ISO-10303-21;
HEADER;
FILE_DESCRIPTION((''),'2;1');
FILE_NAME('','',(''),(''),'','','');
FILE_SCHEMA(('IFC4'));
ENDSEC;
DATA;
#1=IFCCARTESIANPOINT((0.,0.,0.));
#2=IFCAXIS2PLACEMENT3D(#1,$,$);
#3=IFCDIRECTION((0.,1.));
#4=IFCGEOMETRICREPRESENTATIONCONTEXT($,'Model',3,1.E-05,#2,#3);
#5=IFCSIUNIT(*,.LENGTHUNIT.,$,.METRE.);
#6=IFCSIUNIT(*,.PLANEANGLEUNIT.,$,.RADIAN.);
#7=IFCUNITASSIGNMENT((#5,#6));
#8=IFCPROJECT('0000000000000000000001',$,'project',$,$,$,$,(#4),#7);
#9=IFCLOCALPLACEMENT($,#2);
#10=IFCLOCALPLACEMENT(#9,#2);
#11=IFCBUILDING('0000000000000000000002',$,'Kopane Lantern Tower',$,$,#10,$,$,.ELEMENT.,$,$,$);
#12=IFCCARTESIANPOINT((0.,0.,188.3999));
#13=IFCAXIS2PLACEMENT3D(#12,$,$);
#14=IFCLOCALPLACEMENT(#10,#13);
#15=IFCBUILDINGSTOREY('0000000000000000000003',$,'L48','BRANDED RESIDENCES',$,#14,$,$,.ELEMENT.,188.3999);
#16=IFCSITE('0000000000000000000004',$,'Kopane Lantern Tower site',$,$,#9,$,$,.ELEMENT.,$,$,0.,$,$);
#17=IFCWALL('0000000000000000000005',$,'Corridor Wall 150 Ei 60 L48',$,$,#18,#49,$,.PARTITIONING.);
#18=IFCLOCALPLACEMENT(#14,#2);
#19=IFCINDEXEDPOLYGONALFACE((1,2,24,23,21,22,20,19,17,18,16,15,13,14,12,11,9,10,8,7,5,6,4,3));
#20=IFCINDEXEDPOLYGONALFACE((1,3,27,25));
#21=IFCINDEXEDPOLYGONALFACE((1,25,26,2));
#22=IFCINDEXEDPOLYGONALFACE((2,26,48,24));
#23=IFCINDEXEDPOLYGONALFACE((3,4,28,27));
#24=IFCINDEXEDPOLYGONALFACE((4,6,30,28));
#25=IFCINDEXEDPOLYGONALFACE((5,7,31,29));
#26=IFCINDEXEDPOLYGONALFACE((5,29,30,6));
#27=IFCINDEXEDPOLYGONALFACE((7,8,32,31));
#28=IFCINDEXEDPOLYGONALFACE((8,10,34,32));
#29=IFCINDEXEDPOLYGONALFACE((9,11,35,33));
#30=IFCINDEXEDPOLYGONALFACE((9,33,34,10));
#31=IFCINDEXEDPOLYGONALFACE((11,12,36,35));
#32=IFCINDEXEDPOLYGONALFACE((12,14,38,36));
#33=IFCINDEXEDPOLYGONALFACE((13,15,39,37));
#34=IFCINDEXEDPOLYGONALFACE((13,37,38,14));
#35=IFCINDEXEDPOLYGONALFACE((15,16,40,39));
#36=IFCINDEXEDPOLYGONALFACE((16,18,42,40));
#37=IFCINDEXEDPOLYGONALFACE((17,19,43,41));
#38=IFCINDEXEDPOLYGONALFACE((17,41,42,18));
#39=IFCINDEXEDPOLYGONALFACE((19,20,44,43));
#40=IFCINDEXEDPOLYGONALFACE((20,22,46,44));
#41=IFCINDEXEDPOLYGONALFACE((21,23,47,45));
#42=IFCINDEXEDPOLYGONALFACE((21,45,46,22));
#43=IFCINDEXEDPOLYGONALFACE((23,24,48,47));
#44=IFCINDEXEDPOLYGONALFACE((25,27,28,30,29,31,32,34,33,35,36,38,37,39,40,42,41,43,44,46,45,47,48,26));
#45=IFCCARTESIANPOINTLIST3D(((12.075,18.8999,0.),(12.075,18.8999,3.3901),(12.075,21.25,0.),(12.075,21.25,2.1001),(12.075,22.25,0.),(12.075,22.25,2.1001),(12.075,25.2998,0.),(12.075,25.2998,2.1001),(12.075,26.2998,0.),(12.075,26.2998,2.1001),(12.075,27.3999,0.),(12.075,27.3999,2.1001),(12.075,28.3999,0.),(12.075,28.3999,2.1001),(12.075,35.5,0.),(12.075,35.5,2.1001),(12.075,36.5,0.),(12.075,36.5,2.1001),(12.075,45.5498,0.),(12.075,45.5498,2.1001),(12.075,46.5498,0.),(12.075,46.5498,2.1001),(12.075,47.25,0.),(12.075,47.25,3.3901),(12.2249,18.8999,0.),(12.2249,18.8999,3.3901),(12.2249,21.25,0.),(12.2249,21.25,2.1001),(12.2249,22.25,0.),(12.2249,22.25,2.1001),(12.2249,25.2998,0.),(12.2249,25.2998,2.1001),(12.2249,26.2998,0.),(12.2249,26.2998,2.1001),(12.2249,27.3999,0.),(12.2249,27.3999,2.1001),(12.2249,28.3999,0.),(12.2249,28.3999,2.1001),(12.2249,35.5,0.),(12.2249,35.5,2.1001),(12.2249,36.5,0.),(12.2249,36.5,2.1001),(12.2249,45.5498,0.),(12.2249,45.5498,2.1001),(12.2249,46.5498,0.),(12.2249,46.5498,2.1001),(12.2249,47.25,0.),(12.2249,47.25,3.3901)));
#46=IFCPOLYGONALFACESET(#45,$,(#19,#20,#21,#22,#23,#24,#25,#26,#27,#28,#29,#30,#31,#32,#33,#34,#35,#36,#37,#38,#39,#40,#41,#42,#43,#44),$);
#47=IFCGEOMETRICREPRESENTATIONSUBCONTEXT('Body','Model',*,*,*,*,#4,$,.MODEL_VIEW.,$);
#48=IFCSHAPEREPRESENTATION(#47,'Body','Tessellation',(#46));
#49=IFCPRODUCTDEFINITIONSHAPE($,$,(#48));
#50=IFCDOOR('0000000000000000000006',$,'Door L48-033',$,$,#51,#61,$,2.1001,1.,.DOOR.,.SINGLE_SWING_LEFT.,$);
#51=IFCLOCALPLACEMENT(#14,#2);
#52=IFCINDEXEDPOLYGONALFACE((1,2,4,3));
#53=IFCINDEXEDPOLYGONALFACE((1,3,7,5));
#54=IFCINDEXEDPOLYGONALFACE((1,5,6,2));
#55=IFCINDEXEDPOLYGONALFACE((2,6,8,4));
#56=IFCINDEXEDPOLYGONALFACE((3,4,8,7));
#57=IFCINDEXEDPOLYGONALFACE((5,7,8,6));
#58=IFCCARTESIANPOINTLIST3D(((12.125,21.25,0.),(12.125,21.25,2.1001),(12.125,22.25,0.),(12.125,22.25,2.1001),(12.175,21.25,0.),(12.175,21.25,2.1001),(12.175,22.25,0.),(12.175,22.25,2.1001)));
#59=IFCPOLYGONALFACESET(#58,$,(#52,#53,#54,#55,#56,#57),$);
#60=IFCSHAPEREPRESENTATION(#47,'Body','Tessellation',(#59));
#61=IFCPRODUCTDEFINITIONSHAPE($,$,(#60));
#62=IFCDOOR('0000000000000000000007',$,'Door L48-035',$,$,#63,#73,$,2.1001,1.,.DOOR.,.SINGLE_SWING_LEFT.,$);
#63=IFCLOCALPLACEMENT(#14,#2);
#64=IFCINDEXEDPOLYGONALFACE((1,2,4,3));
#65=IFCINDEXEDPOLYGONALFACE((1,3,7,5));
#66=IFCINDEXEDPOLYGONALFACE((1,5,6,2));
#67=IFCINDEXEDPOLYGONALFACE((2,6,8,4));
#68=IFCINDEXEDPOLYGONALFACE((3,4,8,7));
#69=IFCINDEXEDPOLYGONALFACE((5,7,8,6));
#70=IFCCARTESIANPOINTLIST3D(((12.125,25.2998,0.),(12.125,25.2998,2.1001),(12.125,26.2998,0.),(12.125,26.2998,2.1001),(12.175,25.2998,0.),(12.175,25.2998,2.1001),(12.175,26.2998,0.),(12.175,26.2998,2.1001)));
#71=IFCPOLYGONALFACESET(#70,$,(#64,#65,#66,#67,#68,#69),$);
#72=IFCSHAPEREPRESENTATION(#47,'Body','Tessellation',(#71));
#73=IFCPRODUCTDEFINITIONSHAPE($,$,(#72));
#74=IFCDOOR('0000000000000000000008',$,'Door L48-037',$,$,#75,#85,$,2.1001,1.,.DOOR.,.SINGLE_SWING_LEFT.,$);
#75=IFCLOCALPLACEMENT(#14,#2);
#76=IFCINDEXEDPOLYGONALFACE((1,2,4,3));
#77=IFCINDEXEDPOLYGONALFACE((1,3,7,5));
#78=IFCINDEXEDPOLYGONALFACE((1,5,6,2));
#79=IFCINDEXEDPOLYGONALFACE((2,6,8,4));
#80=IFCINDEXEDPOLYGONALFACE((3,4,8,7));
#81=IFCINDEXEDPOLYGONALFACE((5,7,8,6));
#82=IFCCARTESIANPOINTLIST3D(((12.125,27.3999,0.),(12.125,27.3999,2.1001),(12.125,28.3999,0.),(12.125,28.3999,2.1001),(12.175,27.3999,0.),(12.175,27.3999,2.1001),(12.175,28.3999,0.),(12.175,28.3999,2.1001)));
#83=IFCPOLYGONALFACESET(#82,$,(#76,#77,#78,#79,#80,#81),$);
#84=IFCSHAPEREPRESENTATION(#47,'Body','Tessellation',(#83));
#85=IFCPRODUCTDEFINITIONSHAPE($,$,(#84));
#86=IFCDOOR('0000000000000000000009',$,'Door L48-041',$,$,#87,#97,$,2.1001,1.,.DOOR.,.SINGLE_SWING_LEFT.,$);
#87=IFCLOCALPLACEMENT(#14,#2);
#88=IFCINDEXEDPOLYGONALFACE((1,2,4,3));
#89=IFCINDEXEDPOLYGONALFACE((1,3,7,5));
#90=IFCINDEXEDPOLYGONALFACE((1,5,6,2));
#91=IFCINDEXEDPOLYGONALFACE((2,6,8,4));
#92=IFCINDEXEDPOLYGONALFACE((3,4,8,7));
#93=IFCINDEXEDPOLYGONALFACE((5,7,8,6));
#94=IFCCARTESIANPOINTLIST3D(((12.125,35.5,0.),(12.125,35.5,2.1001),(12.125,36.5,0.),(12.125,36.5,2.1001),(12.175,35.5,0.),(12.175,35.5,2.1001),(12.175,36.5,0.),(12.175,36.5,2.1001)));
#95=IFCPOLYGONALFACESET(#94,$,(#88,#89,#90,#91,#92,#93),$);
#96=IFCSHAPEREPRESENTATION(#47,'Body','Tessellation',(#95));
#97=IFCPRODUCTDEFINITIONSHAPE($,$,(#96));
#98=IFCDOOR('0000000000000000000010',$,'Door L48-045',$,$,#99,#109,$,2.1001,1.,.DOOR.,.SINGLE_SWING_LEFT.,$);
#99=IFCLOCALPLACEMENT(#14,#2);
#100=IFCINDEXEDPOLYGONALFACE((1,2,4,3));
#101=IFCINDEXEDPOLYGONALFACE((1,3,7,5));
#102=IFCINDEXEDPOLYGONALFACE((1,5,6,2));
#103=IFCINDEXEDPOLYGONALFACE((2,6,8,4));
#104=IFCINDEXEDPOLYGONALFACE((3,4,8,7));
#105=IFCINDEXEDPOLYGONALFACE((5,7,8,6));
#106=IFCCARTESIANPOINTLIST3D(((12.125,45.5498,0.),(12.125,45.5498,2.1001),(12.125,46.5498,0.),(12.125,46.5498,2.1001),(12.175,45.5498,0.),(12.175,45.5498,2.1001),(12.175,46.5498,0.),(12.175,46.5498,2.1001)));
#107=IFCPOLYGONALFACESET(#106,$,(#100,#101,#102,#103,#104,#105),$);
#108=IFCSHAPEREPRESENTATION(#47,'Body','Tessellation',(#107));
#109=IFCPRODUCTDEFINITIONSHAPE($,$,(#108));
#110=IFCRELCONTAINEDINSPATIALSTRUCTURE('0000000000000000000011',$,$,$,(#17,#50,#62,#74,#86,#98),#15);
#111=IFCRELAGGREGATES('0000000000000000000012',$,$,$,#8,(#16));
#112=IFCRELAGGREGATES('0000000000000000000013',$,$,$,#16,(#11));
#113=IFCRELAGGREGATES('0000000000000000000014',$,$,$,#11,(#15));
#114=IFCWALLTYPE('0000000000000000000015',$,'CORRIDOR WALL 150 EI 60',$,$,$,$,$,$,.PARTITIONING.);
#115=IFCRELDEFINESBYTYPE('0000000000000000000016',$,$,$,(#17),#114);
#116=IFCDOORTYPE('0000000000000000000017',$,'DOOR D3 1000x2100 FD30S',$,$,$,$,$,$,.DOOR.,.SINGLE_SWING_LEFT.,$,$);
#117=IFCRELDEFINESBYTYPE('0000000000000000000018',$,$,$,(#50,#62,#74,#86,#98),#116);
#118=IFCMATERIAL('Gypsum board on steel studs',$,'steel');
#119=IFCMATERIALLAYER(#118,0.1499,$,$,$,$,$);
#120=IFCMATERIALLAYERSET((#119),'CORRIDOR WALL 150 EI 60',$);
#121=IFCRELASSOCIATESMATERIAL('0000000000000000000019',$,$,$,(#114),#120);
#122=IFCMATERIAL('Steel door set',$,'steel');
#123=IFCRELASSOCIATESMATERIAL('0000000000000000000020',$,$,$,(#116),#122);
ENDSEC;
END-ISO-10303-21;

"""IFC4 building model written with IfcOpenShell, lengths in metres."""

from ifc_helpers import new_model, si_unit, direction, frame, frame_2d, origin, place, context, subcontext, project, spatial, rectangle, extrude, material, layer, layer_set, type_object, element, fill, save


model = new_model("IFC4")

# Units and contexts
model_context = context("Model", 3, precision=1e-05, world=origin(), true_north=direction((0.0, 1.0)))
body_context = subcontext(model_context, "Body", "Model", "MODEL_VIEW")
ifc_project = project(units=[si_unit("LENGTHUNIT", "METRE"), si_unit("PLANEANGLEUNIT", "RADIAN")], contexts=[model_context])

# Site, building, storey
site_placement = place(None, origin())
site = spatial("IfcSite", under=ifc_project, at=site_placement, Name="Kopane Lantern Tower site", CompositionType="ELEMENT", RefElevation=0.0)
building_placement = place(site_placement, origin())
building = spatial("IfcBuilding", under=site, at=building_placement, Name="Kopane Lantern Tower", CompositionType="ELEMENT")
storey_placement = place(building_placement, frame((0.0, 0.0, 188.3999)))
storey = spatial("IfcBuildingStorey", under=building, at=storey_placement, Name="L48", Description="BRANDED RESIDENCES", CompositionType="ELEMENT", Elevation=188.3999)

# Wall, openings, doors
ifc_material_1 = material(Name="Gypsum board on steel studs", Category="steel")
ifc_layer_1 = layer(ifc_material_1, 0.1499)
ifc_layer_set_1 = layer_set([ifc_layer_1], Name="CORRIDOR WALL 150 EI 60")
wall_type_1 = type_object("IfcWallType", Name="CORRIDOR WALL 150 EI 60", PredefinedType="PARTITIONING", material=ifc_layer_set_1)
ifc_material_2 = material(Name="Steel door set", Category="steel")
door_type_1 = type_object("IfcDoorType", Name="DOOR D3 1000x2100 FD30S", OperationType="SINGLE_SWING_LEFT", PredefinedType="DOOR", material=ifc_material_2)
wall_1_placement = place(storey_placement, frame((12.1499, 18.8999, 0.0), z_axis=(0.0, 0.0, 1.0), x_axis=(0.0, 1.0, 0.0)))
wall_1 = element("IfcWall", 1, at=wall_1_placement, inside=storey, type_object=wall_type_1, Name="Corridor Wall 150 Ei 60 L48", PredefinedType="PARTITIONING", context=body_context, shape_type="SweptSolid", body=[
    extrude(rectangle(XDim=28.3501, YDim=0.1499, at=frame_2d((14.175, 0.0))), origin(), (0.0, 0.0, 1.0), 3.3901),
])
opening_1_placement = place(wall_1_placement, frame((2.3501, 0.0, 0.0)))
opening_1 = element("IfcOpeningElement", 2, at=opening_1_placement, cuts=wall_1, PredefinedType="OPENING", context=body_context, shape_type="SweptSolid", body=[
    extrude(rectangle(XDim=1.0, YDim=2.1001, at=frame_2d((0.5, 1.05))), frame((0.0, 0.085, 0.0), z_axis=(0.0, -1.0, 0.0), x_axis=(1.0, 0.0, 0.0)), (0.0, 0.0, 1.0), 0.1699),
])
opening_2_placement = place(wall_1_placement, frame((6.3999, 0.0, 0.0)))
opening_2 = element("IfcOpeningElement", 3, at=opening_2_placement, cuts=wall_1, PredefinedType="OPENING", context=body_context, shape_type="SweptSolid", body=[
    extrude(rectangle(XDim=1.0, YDim=2.1001, at=frame_2d((0.5, 1.05))), frame((0.0, 0.085, 0.0), z_axis=(0.0, -1.0, 0.0), x_axis=(1.0, 0.0, 0.0)), (0.0, 0.0, 1.0), 0.1699),
])
opening_3_placement = place(wall_1_placement, frame((8.5, 0.0, 0.0)))
opening_3 = element("IfcOpeningElement", 4, at=opening_3_placement, cuts=wall_1, PredefinedType="OPENING", context=body_context, shape_type="SweptSolid", body=[
    extrude(rectangle(XDim=1.0, YDim=2.1001, at=frame_2d((0.5, 1.05))), frame((0.0, 0.085, 0.0), z_axis=(0.0, -1.0, 0.0), x_axis=(1.0, 0.0, 0.0)), (0.0, 0.0, 1.0), 0.1699),
])
opening_4_placement = place(wall_1_placement, frame((16.6001, 0.0, 0.0)))
opening_4 = element("IfcOpeningElement", 5, at=opening_4_placement, cuts=wall_1, PredefinedType="OPENING", context=body_context, shape_type="SweptSolid", body=[
    extrude(rectangle(XDim=1.0, YDim=2.1001, at=frame_2d((0.5, 1.05))), frame((0.0, 0.085, 0.0), z_axis=(0.0, -1.0, 0.0), x_axis=(1.0, 0.0, 0.0)), (0.0, 0.0, 1.0), 0.1699),
])
opening_5_placement = place(wall_1_placement, frame((26.6499, 0.0, 0.0)))
opening_5 = element("IfcOpeningElement", 6, at=opening_5_placement, cuts=wall_1, PredefinedType="OPENING", context=body_context, shape_type="SweptSolid", body=[
    extrude(rectangle(XDim=1.0, YDim=2.1001, at=frame_2d((0.5, 1.05))), frame((0.0, 0.085, 0.0), z_axis=(0.0, -1.0, 0.0), x_axis=(1.0, 0.0, 0.0)), (0.0, 0.0, 1.0), 0.1699),
])
door_1_placement = place(opening_1_placement, origin())
door_1 = element("IfcDoor", 7, at=door_1_placement, inside=storey, type_object=door_type_1, Name="Door L48-033", OperationType="SINGLE_SWING_LEFT", OverallHeight=2.1001, OverallWidth=1.0, PredefinedType="DOOR", context=body_context, shape_type="SweptSolid", body=[
    extrude(rectangle(XDim=1.0, YDim=2.1001, at=frame_2d((0.5, 1.05))), frame((0.0, 0.0249, 0.0), z_axis=(0.0, -1.0, 0.0), x_axis=(1.0, 0.0, 0.0)), (0.0, 0.0, 1.0), 0.05),
])
fill(opening_1, door_1)
door_2_placement = place(opening_2_placement, origin())
door_2 = element("IfcDoor", 8, at=door_2_placement, inside=storey, type_object=door_type_1, Name="Door L48-035", OperationType="SINGLE_SWING_LEFT", OverallHeight=2.1001, OverallWidth=1.0, PredefinedType="DOOR", context=body_context, shape_type="SweptSolid", body=[
    extrude(rectangle(XDim=1.0, YDim=2.1001, at=frame_2d((0.5, 1.05))), frame((0.0, 0.0249, 0.0), z_axis=(0.0, -1.0, 0.0), x_axis=(1.0, 0.0, 0.0)), (0.0, 0.0, 1.0), 0.05),
])
fill(opening_2, door_2)
door_3_placement = place(opening_3_placement, origin())
door_3 = element("IfcDoor", 9, at=door_3_placement, inside=storey, type_object=door_type_1, Name="Door L48-037", OperationType="SINGLE_SWING_LEFT", OverallHeight=2.1001, OverallWidth=1.0, PredefinedType="DOOR", context=body_context, shape_type="SweptSolid", body=[
    extrude(rectangle(XDim=1.0, YDim=2.1001, at=frame_2d((0.5, 1.05))), frame((0.0, 0.0249, 0.0), z_axis=(0.0, -1.0, 0.0), x_axis=(1.0, 0.0, 0.0)), (0.0, 0.0, 1.0), 0.05),
])
fill(opening_3, door_3)
door_4_placement = place(opening_4_placement, origin())
door_4 = element("IfcDoor", 10, at=door_4_placement, inside=storey, type_object=door_type_1, Name="Door L48-041", OperationType="SINGLE_SWING_LEFT", OverallHeight=2.1001, OverallWidth=1.0, PredefinedType="DOOR", context=body_context, shape_type="SweptSolid", body=[
    extrude(rectangle(XDim=1.0, YDim=2.1001, at=frame_2d((0.5, 1.05))), frame((0.0, 0.0249, 0.0), z_axis=(0.0, -1.0, 0.0), x_axis=(1.0, 0.0, 0.0)), (0.0, 0.0, 1.0), 0.05),
])
fill(opening_4, door_4)
door_5_placement = place(opening_5_placement, origin())
door_5 = element("IfcDoor", 11, at=door_5_placement, inside=storey, type_object=door_type_1, Name="Door L48-045", OperationType="SINGLE_SWING_LEFT", OverallHeight=2.1001, OverallWidth=1.0, PredefinedType="DOOR", context=body_context, shape_type="SweptSolid", body=[
    extrude(rectangle(XDim=1.0, YDim=2.1001, at=frame_2d((0.5, 1.05))), frame((0.0, 0.0249, 0.0), z_axis=(0.0, -1.0, 0.0), x_axis=(1.0, 0.0, 0.0)), (0.0, 0.0, 1.0), 0.05),
])
fill(opening_5, door_5)

save(model, "model.ifc")
